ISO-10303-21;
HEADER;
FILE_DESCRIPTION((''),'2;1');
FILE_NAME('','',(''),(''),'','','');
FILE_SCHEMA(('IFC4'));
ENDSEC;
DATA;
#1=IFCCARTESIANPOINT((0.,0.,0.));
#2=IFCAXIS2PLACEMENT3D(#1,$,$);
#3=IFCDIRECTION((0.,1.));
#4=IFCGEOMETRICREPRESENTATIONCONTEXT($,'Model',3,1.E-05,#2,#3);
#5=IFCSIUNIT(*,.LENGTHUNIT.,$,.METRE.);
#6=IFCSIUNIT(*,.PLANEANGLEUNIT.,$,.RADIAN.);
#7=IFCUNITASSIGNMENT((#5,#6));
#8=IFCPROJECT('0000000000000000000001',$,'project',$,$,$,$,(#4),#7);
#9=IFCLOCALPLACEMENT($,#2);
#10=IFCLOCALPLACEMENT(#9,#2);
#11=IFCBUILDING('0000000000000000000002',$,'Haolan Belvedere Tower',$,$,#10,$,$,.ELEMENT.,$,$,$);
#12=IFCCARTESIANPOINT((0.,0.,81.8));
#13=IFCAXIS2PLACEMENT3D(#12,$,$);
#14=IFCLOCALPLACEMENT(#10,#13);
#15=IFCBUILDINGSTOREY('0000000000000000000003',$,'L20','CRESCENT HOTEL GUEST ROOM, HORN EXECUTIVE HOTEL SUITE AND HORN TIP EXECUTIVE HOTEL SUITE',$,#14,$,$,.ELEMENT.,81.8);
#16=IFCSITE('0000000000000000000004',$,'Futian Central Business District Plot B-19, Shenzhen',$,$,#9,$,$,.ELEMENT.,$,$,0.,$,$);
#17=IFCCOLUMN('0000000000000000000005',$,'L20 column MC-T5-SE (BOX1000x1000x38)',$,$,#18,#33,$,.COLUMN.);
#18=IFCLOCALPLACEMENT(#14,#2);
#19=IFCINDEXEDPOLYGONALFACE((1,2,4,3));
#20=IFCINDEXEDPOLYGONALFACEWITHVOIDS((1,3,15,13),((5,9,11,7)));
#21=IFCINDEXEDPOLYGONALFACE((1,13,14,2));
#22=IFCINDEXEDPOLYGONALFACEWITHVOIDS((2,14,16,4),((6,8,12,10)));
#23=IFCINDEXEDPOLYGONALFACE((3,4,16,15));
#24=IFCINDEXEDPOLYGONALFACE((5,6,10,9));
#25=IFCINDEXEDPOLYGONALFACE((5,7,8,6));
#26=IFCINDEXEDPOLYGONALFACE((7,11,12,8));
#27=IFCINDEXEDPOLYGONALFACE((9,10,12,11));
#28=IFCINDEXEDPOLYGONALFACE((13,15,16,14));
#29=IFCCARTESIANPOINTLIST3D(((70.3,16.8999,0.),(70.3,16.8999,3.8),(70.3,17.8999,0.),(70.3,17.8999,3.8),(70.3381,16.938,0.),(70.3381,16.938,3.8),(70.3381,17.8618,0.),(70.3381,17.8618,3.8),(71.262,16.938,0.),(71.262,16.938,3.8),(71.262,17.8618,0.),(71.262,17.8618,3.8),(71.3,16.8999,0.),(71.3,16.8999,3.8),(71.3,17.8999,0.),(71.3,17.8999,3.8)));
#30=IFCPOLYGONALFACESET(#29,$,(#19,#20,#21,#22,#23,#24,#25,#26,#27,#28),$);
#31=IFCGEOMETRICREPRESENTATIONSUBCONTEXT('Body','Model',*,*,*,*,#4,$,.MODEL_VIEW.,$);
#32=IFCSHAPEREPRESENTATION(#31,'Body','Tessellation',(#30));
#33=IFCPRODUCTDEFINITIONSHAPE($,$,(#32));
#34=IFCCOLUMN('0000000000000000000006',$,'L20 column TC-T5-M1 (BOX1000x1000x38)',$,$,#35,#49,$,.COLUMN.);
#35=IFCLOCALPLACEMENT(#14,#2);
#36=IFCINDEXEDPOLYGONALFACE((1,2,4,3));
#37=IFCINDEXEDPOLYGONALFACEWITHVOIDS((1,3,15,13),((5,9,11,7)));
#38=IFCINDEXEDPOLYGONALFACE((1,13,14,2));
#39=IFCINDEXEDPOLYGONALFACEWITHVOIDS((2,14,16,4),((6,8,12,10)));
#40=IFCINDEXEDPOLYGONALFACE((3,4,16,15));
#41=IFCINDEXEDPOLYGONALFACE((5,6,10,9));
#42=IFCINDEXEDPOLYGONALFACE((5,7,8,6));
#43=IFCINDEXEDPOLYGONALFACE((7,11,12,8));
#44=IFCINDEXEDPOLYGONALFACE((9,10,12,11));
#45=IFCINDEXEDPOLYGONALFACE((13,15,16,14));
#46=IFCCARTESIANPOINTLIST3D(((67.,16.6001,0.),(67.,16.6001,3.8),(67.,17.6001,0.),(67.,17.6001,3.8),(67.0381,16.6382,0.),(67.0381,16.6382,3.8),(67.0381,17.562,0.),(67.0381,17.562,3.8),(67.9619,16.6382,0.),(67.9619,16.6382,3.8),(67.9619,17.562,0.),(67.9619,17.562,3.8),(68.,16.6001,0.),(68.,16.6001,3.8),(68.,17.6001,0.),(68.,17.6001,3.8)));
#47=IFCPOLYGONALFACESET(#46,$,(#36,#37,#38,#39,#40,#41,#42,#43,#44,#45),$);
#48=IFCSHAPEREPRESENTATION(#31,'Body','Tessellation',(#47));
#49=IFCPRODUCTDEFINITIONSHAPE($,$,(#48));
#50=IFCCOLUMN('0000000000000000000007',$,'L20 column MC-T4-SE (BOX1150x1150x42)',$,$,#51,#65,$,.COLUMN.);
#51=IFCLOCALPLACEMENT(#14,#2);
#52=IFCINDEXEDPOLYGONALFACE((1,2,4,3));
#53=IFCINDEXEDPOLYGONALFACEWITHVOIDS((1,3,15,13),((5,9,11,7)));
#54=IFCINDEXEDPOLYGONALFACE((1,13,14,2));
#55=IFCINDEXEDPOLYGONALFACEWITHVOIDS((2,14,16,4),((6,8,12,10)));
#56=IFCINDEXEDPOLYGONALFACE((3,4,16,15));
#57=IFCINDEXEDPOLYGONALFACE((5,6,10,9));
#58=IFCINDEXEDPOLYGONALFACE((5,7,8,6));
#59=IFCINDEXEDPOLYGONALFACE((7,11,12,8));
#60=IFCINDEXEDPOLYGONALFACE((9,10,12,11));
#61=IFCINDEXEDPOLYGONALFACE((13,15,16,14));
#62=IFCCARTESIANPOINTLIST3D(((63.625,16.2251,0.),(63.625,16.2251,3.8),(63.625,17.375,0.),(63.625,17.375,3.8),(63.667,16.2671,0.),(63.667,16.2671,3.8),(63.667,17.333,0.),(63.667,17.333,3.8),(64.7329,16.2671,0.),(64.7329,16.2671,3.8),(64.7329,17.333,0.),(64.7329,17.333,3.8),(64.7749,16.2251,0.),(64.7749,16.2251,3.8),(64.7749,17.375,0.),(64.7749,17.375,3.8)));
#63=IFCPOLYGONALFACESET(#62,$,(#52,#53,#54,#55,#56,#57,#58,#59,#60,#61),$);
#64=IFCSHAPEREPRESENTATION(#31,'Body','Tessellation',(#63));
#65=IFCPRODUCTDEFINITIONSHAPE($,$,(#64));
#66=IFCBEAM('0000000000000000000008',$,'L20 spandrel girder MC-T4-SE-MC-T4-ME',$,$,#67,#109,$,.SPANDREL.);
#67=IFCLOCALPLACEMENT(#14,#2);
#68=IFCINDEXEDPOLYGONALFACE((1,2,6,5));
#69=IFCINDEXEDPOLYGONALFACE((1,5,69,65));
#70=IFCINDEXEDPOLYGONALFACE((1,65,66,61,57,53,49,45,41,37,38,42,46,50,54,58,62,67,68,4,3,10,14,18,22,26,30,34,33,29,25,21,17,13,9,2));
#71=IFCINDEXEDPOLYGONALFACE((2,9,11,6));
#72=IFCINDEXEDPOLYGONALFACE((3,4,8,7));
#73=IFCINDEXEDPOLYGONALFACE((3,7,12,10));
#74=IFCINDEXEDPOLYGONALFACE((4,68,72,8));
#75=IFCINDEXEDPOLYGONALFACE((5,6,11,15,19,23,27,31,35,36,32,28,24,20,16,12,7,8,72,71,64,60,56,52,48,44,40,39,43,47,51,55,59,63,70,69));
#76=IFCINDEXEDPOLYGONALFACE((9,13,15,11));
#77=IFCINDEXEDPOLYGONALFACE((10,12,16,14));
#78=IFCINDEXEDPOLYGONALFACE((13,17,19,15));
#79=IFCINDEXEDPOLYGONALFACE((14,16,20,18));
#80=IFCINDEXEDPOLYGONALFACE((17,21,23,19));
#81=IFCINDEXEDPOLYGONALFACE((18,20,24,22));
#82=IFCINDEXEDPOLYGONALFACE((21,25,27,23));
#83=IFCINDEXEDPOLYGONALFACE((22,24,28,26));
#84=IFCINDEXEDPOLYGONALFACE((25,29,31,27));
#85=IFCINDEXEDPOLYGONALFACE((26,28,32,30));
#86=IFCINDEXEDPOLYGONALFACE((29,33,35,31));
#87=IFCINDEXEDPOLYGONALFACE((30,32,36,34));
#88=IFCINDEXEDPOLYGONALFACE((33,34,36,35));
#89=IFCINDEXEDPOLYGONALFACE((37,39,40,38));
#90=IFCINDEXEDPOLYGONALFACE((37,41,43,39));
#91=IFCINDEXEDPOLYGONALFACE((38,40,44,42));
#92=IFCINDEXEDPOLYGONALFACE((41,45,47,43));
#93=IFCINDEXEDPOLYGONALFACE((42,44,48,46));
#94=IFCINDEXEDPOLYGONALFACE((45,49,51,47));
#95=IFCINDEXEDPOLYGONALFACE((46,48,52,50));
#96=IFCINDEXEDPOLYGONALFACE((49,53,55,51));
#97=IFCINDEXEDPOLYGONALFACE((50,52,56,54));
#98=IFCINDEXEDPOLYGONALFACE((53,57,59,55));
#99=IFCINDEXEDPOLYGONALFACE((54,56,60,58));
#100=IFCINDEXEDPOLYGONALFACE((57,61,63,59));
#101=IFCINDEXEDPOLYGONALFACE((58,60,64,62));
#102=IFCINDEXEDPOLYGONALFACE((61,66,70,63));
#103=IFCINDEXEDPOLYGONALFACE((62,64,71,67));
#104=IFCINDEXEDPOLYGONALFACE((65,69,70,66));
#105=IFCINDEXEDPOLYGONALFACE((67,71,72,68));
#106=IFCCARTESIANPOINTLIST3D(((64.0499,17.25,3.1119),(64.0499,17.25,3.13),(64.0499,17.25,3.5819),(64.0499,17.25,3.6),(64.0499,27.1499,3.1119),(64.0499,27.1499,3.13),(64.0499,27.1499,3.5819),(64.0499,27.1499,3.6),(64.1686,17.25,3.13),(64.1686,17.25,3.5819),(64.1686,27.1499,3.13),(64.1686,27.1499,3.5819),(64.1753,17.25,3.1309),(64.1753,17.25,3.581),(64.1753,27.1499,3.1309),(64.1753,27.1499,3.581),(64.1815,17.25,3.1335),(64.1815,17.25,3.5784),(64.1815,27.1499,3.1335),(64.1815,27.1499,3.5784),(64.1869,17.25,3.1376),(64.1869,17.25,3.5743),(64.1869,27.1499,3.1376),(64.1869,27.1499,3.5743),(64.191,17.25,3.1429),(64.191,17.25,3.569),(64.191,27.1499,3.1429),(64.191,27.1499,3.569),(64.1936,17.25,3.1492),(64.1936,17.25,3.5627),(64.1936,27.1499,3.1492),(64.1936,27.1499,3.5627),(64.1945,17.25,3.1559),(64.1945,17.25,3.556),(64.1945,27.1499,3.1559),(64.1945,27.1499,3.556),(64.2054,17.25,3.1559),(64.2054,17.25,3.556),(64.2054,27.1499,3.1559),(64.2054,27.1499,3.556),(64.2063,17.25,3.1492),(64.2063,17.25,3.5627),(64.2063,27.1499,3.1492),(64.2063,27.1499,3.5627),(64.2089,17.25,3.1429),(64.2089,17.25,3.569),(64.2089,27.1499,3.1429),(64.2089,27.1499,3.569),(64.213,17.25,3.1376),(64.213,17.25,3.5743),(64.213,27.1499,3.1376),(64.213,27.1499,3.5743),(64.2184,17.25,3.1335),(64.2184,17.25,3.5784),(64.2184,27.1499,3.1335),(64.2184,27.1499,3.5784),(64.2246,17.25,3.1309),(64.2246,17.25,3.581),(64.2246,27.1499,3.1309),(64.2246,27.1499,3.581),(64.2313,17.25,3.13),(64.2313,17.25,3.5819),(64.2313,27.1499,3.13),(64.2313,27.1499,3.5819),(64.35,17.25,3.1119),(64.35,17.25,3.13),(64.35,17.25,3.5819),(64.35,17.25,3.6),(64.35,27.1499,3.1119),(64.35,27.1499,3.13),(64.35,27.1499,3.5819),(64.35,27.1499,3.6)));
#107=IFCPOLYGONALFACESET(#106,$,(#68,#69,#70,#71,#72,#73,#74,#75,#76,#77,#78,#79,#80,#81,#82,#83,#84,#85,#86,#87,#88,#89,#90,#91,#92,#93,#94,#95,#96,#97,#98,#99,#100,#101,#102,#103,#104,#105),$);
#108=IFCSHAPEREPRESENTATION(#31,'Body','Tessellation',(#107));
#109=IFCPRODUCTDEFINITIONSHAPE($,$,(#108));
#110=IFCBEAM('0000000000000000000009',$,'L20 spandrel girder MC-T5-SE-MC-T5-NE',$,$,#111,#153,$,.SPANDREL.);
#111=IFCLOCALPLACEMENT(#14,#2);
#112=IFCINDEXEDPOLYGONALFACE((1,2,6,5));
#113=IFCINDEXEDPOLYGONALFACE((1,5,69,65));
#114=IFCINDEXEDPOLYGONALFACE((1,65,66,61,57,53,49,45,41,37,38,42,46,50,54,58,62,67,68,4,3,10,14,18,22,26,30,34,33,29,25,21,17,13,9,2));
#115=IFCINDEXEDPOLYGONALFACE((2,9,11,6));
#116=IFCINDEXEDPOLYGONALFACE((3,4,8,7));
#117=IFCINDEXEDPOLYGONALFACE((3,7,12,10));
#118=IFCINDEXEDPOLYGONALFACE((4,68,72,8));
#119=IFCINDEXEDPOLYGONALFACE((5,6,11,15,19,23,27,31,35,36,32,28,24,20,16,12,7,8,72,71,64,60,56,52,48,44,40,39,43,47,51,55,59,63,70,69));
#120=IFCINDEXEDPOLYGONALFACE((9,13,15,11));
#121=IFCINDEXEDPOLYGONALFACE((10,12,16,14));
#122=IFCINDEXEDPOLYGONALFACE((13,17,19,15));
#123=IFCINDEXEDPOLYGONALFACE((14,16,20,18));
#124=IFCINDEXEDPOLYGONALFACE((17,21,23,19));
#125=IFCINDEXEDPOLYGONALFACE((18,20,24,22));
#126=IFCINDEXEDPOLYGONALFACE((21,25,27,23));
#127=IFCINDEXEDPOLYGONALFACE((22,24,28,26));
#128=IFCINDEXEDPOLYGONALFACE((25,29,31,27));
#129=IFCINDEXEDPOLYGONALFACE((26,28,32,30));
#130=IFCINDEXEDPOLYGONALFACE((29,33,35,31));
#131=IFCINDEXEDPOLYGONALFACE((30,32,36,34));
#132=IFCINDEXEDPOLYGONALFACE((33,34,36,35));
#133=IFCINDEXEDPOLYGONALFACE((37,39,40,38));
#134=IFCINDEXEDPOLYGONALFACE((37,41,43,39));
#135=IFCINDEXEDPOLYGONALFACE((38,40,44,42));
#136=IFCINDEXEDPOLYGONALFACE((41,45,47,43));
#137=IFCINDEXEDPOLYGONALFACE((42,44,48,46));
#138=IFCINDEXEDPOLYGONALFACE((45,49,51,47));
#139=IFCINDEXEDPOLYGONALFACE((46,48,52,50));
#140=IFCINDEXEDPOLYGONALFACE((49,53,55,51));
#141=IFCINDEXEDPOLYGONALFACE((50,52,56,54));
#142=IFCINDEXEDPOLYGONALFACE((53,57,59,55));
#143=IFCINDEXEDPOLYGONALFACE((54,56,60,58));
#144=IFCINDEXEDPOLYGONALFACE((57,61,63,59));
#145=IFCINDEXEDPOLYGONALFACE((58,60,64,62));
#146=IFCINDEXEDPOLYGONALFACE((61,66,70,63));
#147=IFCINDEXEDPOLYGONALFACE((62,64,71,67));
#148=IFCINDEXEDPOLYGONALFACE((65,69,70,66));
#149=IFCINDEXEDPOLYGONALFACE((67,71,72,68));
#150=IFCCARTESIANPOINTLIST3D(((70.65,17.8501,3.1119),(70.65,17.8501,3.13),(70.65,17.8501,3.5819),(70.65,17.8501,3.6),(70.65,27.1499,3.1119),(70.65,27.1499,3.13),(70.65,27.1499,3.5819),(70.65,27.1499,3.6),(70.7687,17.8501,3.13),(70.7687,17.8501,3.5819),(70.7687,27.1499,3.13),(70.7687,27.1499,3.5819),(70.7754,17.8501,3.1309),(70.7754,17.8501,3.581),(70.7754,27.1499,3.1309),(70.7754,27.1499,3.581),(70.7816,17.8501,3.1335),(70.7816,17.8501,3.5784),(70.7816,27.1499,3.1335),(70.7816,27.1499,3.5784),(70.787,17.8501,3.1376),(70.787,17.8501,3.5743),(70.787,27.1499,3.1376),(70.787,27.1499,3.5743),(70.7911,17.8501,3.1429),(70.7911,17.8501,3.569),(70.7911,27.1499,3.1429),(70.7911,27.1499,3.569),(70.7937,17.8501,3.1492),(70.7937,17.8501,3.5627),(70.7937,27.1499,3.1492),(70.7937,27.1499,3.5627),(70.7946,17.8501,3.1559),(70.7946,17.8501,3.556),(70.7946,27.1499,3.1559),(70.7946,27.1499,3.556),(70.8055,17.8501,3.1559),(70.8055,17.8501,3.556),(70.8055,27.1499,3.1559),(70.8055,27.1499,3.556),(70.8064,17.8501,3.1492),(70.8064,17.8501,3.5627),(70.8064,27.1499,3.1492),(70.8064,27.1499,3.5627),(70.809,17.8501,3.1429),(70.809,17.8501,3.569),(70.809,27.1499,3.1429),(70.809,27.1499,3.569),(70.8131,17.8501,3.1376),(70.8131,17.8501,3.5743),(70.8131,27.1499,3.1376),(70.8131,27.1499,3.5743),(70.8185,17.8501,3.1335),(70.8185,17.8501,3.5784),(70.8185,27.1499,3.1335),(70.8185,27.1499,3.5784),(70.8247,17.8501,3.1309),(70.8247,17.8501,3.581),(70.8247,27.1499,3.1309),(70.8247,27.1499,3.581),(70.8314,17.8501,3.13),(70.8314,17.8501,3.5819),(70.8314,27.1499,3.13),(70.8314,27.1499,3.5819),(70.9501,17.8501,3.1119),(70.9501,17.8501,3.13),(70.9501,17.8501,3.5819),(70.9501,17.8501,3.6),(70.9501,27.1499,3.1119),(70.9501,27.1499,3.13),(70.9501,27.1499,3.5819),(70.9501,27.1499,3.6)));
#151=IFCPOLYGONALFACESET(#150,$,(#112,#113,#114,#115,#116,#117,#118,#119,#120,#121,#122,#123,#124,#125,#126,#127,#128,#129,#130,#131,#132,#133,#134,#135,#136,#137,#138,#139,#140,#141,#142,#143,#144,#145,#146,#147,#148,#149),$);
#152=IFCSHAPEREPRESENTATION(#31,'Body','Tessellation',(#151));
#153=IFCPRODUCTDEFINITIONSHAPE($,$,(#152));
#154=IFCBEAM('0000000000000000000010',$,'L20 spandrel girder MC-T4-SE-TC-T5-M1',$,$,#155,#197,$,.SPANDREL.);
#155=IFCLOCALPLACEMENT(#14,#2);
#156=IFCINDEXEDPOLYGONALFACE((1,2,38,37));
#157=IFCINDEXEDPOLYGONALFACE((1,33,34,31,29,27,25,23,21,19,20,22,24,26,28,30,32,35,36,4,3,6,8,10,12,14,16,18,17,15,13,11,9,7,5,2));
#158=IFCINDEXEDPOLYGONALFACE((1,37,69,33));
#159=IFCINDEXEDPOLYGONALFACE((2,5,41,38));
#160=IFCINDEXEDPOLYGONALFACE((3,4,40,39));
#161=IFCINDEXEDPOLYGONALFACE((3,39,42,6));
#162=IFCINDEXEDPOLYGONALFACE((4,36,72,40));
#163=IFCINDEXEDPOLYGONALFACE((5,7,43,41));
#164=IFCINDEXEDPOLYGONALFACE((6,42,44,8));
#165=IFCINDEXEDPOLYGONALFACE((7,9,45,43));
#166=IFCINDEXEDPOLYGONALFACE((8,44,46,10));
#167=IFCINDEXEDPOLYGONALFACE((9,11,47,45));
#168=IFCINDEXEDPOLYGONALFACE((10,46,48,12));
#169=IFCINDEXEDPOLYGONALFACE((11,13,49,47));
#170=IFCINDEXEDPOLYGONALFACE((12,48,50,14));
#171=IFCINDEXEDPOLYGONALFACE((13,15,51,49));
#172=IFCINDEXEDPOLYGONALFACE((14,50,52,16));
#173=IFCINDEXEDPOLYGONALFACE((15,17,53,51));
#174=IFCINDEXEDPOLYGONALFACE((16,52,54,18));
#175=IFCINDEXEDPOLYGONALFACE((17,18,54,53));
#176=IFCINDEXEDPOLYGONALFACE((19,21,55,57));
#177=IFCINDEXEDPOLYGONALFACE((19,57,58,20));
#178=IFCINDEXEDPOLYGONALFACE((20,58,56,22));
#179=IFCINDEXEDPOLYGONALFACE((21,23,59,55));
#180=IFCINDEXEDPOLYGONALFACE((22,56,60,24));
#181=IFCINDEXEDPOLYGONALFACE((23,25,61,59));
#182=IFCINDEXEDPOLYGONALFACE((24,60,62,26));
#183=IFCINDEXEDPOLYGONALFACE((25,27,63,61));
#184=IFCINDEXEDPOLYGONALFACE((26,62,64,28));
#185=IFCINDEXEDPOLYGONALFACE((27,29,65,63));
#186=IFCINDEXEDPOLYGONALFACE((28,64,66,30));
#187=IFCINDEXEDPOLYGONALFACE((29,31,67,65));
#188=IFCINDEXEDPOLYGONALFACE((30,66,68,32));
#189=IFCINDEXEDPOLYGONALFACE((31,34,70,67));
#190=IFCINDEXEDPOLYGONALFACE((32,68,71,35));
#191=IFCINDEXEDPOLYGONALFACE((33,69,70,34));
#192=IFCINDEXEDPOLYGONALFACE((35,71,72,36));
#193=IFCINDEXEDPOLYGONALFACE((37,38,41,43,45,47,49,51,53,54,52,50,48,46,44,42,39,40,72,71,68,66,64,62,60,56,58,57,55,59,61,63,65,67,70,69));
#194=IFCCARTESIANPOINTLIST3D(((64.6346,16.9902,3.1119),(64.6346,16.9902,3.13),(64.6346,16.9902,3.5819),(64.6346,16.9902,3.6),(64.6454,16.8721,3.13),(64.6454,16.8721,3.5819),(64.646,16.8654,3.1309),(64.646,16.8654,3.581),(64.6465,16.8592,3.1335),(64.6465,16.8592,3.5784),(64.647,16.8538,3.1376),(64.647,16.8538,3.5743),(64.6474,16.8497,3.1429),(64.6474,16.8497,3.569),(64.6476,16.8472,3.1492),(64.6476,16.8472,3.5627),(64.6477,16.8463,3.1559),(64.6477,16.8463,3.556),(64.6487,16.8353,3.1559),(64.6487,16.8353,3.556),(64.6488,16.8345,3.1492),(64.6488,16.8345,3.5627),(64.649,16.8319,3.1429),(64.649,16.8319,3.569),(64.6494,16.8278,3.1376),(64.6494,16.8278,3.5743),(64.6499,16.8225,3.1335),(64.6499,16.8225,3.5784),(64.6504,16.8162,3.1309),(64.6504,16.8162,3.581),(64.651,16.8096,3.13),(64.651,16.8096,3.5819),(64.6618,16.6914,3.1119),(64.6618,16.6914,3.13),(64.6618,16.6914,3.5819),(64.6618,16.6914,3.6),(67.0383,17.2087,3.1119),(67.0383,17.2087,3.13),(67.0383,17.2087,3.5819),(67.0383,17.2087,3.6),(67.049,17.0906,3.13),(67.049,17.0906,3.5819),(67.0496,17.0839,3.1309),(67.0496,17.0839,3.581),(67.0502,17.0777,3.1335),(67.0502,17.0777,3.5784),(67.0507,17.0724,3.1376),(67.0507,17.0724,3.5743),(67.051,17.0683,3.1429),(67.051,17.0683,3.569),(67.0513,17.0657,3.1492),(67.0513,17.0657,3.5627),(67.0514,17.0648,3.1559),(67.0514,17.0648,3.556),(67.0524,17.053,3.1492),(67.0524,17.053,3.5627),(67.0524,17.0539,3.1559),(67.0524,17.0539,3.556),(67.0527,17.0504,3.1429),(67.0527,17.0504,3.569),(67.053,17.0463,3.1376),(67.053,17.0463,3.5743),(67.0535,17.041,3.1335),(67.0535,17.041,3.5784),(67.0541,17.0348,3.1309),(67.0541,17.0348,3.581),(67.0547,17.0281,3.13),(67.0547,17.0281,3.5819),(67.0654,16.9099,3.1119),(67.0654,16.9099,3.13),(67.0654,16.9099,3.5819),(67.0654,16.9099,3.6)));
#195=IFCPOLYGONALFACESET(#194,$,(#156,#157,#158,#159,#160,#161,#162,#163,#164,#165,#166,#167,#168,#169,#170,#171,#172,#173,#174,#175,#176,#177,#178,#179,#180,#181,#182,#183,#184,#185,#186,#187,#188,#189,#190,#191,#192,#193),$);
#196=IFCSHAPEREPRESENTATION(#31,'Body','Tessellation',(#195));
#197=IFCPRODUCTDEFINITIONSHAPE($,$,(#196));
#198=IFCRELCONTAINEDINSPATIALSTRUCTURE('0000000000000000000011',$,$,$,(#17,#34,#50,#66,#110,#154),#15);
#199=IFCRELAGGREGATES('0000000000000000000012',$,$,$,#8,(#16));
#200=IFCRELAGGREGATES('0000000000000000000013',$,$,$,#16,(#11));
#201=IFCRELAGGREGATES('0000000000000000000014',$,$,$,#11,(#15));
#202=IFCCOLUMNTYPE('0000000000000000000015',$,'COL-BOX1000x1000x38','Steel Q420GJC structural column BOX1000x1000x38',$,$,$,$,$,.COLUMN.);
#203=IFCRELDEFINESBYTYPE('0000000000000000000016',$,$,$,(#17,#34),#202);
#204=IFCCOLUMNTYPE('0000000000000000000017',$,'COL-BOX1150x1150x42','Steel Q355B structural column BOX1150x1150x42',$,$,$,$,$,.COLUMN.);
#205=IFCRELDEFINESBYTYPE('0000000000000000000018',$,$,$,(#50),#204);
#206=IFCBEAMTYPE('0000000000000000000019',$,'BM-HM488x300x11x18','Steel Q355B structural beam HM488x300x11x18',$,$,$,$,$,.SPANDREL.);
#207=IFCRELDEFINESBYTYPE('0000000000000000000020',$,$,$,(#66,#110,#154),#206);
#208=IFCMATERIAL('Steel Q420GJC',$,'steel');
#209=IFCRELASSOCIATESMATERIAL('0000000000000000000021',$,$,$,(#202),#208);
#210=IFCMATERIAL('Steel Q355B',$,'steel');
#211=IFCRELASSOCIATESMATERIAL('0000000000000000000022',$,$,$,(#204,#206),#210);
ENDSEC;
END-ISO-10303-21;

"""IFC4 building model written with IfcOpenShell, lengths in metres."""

from ifc_helpers import new_model, si_unit, direction, frame, origin, origin_2d, place, context, subcontext, project, spatial, hollow_rectangle, i_section, extrude, material, material_profile, profile_set, type_object, element, save


model = new_model("IFC4")

# Units and contexts
model_context = context("Model", 3, precision=1e-05, world=origin(), true_north=direction((0.0, 1.0)))
body_context = subcontext(model_context, "Body", "Model", "MODEL_VIEW")
ifc_project = project(units=[si_unit("LENGTHUNIT", "METRE"), si_unit("PLANEANGLEUNIT", "RADIAN")], contexts=[model_context])

# Site, building, storey
site_placement = place(None, origin())
site = spatial("IfcSite", under=ifc_project, at=site_placement, Name="Futian Central Business District Plot B-19, Shenzhen", CompositionType="ELEMENT", RefElevation=0.0)
building_placement = place(site_placement, origin())
building = spatial("IfcBuilding", under=site, at=building_placement, Name="Haolan Belvedere Tower", CompositionType="ELEMENT")
storey_placement = place(building_placement, frame((0.0, 0.0, 81.8)))
storey = spatial("IfcBuildingStorey", under=building, at=storey_placement, Name="L20", Description="CRESCENT HOTEL GUEST ROOM, HORN EXECUTIVE HOTEL SUITE AND HORN TIP EXECUTIVE HOTEL SUITE", CompositionType="ELEMENT", Elevation=81.8)

# Columns
ifc_material_1 = material(Name="Steel Q420GJC", Category="steel")
ifc_material_profile_1 = material_profile(ifc_material_1, hollow_rectangle(XDim=1.0, YDim=1.0, WallThickness=0.0381, at=origin_2d()), Name="Steel Q420GJC")
ifc_profile_set_1 = profile_set([ifc_material_profile_1], Name="Steel Q420GJC")
column_type_1 = type_object("IfcColumnType", Name="COL-BOX1000x1000x38", Description="Steel Q420GJC structural column BOX1000x1000x38", PredefinedType="COLUMN", material=ifc_profile_set_1)
for number, where, z_axis, x_axis, name in (
    (1, (70.8, 17.3999, 0.0), (0.0, 0.0, 1.0), (1.0, 0.0, 0.0), "L20 column MC-T5-SE (BOX1000x1000x38)"),
    (2, (67.5, 17.1001, 0.0), (0.0, 0.0, 1.0), (1.0, 0.0, 0.0), "L20 column TC-T5-M1 (BOX1000x1000x38)"),
):
    element("IfcColumn", number, at=place(storey_placement, frame(where, z_axis=z_axis, x_axis=x_axis)), inside=storey, type_object=column_type_1, Name=name, PredefinedType="COLUMN", context=body_context, shape_type="SweptSolid", body=[
        extrude(hollow_rectangle(XDim=1.0, YDim=1.0, WallThickness=0.0381, at=origin_2d()), origin(), (0.0, 0.0, 1.0), 3.8),
    ])
ifc_material_2 = material(Name="Steel Q355B", Category="steel")
ifc_material_profile_2 = material_profile(ifc_material_2, hollow_rectangle(XDim=1.1499, YDim=1.1499, WallThickness=0.042, at=origin_2d()), Name="Steel Q355B")
ifc_profile_set_2 = profile_set([ifc_material_profile_2], Name="Steel Q355B")
column_type_2 = type_object("IfcColumnType", Name="COL-BOX1150x1150x42", Description="Steel Q355B structural column BOX1150x1150x42", PredefinedType="COLUMN", material=ifc_profile_set_2)
column_placement = place(storey_placement, frame((64.2, 16.8, 0.0), z_axis=(0.0, 0.0, 1.0), x_axis=(1.0, 0.0, 0.0)))
element("IfcColumn", 3, at=column_placement, inside=storey, type_object=column_type_2, Name="L20 column MC-T4-SE (BOX1150x1150x42)", PredefinedType="COLUMN", context=body_context, shape_type="SweptSolid", body=[
    extrude(hollow_rectangle(XDim=1.1499, YDim=1.1499, WallThickness=0.042, at=origin_2d()), origin(), (0.0, 0.0, 1.0), 3.8),
])

# Beams
ifc_material_profile_3 = material_profile(ifc_material_2, i_section(OverallWidth=0.3, OverallDepth=0.488, WebThickness=0.011, FlangeThickness=0.0181, FilletRadius=0.0259, at=origin_2d()), Name="Steel Q355B")
ifc_profile_set_3 = profile_set([ifc_material_profile_3], Name="Steel Q355B")
beam_type = type_object("IfcBeamType", Name="BM-HM488x300x11x18", Description="Steel Q355B structural beam HM488x300x11x18", PredefinedType="SPANDREL", material=ifc_profile_set_3)
beam_1_placement = place(storey_placement, frame((64.2, 17.25, 3.356), z_axis=(0.0, 1.0, 0.0), x_axis=(-1.0, 0.0, 0.0)))
element("IfcBeam", 4, at=beam_1_placement, inside=storey, type_object=beam_type, Name="L20 spandrel girder MC-T4-SE-MC-T4-ME", PredefinedType="SPANDREL", context=body_context, shape_type="SweptSolid", body=[
    extrude(i_section(OverallWidth=0.3, OverallDepth=0.488, WebThickness=0.011, FlangeThickness=0.0181, FilletRadius=0.0259, at=origin_2d()), origin(), (0.0, 0.0, 1.0), 9.8999),
])
beam_2_placement = place(storey_placement, frame((70.8, 17.8501, 3.356), z_axis=(0.0, 1.0, 0.0), x_axis=(-1.0, 0.0, 0.0)))
element("IfcBeam", 5, at=beam_2_placement, inside=storey, type_object=beam_type, Name="L20 spandrel girder MC-T5-SE-MC-T5-NE", PredefinedType="SPANDREL", context=body_context, shape_type="SweptSolid", body=[
    extrude(i_section(OverallWidth=0.3, OverallDepth=0.488, WebThickness=0.011, FlangeThickness=0.0181, FilletRadius=0.0259, at=origin_2d()), origin(), (0.0, 0.0, 1.0), 9.2998),
])
for number, where, z_axis, x_axis, name in (
    (6, (64.6482, 16.8408, 3.356), (0.995893, 0.090536, 0.0), (-0.090536, 0.995893, 0.0), "L20 spandrel girder MC-T4-SE-TC-T5-M1"),
):
    element("IfcBeam", number, at=place(storey_placement, frame(where, z_axis=z_axis, x_axis=x_axis)), inside=storey, type_object=beam_type, Name=name, PredefinedType="SPANDREL", context=body_context, shape_type="SweptSolid", body=[
        extrude(i_section(OverallWidth=0.3, OverallDepth=0.488, WebThickness=0.011, FlangeThickness=0.0181, FilletRadius=0.0259, at=origin_2d()), origin(), (0.0, 0.0, 1.0), 2.4136),
    ])

save(model, "model.ifc")
